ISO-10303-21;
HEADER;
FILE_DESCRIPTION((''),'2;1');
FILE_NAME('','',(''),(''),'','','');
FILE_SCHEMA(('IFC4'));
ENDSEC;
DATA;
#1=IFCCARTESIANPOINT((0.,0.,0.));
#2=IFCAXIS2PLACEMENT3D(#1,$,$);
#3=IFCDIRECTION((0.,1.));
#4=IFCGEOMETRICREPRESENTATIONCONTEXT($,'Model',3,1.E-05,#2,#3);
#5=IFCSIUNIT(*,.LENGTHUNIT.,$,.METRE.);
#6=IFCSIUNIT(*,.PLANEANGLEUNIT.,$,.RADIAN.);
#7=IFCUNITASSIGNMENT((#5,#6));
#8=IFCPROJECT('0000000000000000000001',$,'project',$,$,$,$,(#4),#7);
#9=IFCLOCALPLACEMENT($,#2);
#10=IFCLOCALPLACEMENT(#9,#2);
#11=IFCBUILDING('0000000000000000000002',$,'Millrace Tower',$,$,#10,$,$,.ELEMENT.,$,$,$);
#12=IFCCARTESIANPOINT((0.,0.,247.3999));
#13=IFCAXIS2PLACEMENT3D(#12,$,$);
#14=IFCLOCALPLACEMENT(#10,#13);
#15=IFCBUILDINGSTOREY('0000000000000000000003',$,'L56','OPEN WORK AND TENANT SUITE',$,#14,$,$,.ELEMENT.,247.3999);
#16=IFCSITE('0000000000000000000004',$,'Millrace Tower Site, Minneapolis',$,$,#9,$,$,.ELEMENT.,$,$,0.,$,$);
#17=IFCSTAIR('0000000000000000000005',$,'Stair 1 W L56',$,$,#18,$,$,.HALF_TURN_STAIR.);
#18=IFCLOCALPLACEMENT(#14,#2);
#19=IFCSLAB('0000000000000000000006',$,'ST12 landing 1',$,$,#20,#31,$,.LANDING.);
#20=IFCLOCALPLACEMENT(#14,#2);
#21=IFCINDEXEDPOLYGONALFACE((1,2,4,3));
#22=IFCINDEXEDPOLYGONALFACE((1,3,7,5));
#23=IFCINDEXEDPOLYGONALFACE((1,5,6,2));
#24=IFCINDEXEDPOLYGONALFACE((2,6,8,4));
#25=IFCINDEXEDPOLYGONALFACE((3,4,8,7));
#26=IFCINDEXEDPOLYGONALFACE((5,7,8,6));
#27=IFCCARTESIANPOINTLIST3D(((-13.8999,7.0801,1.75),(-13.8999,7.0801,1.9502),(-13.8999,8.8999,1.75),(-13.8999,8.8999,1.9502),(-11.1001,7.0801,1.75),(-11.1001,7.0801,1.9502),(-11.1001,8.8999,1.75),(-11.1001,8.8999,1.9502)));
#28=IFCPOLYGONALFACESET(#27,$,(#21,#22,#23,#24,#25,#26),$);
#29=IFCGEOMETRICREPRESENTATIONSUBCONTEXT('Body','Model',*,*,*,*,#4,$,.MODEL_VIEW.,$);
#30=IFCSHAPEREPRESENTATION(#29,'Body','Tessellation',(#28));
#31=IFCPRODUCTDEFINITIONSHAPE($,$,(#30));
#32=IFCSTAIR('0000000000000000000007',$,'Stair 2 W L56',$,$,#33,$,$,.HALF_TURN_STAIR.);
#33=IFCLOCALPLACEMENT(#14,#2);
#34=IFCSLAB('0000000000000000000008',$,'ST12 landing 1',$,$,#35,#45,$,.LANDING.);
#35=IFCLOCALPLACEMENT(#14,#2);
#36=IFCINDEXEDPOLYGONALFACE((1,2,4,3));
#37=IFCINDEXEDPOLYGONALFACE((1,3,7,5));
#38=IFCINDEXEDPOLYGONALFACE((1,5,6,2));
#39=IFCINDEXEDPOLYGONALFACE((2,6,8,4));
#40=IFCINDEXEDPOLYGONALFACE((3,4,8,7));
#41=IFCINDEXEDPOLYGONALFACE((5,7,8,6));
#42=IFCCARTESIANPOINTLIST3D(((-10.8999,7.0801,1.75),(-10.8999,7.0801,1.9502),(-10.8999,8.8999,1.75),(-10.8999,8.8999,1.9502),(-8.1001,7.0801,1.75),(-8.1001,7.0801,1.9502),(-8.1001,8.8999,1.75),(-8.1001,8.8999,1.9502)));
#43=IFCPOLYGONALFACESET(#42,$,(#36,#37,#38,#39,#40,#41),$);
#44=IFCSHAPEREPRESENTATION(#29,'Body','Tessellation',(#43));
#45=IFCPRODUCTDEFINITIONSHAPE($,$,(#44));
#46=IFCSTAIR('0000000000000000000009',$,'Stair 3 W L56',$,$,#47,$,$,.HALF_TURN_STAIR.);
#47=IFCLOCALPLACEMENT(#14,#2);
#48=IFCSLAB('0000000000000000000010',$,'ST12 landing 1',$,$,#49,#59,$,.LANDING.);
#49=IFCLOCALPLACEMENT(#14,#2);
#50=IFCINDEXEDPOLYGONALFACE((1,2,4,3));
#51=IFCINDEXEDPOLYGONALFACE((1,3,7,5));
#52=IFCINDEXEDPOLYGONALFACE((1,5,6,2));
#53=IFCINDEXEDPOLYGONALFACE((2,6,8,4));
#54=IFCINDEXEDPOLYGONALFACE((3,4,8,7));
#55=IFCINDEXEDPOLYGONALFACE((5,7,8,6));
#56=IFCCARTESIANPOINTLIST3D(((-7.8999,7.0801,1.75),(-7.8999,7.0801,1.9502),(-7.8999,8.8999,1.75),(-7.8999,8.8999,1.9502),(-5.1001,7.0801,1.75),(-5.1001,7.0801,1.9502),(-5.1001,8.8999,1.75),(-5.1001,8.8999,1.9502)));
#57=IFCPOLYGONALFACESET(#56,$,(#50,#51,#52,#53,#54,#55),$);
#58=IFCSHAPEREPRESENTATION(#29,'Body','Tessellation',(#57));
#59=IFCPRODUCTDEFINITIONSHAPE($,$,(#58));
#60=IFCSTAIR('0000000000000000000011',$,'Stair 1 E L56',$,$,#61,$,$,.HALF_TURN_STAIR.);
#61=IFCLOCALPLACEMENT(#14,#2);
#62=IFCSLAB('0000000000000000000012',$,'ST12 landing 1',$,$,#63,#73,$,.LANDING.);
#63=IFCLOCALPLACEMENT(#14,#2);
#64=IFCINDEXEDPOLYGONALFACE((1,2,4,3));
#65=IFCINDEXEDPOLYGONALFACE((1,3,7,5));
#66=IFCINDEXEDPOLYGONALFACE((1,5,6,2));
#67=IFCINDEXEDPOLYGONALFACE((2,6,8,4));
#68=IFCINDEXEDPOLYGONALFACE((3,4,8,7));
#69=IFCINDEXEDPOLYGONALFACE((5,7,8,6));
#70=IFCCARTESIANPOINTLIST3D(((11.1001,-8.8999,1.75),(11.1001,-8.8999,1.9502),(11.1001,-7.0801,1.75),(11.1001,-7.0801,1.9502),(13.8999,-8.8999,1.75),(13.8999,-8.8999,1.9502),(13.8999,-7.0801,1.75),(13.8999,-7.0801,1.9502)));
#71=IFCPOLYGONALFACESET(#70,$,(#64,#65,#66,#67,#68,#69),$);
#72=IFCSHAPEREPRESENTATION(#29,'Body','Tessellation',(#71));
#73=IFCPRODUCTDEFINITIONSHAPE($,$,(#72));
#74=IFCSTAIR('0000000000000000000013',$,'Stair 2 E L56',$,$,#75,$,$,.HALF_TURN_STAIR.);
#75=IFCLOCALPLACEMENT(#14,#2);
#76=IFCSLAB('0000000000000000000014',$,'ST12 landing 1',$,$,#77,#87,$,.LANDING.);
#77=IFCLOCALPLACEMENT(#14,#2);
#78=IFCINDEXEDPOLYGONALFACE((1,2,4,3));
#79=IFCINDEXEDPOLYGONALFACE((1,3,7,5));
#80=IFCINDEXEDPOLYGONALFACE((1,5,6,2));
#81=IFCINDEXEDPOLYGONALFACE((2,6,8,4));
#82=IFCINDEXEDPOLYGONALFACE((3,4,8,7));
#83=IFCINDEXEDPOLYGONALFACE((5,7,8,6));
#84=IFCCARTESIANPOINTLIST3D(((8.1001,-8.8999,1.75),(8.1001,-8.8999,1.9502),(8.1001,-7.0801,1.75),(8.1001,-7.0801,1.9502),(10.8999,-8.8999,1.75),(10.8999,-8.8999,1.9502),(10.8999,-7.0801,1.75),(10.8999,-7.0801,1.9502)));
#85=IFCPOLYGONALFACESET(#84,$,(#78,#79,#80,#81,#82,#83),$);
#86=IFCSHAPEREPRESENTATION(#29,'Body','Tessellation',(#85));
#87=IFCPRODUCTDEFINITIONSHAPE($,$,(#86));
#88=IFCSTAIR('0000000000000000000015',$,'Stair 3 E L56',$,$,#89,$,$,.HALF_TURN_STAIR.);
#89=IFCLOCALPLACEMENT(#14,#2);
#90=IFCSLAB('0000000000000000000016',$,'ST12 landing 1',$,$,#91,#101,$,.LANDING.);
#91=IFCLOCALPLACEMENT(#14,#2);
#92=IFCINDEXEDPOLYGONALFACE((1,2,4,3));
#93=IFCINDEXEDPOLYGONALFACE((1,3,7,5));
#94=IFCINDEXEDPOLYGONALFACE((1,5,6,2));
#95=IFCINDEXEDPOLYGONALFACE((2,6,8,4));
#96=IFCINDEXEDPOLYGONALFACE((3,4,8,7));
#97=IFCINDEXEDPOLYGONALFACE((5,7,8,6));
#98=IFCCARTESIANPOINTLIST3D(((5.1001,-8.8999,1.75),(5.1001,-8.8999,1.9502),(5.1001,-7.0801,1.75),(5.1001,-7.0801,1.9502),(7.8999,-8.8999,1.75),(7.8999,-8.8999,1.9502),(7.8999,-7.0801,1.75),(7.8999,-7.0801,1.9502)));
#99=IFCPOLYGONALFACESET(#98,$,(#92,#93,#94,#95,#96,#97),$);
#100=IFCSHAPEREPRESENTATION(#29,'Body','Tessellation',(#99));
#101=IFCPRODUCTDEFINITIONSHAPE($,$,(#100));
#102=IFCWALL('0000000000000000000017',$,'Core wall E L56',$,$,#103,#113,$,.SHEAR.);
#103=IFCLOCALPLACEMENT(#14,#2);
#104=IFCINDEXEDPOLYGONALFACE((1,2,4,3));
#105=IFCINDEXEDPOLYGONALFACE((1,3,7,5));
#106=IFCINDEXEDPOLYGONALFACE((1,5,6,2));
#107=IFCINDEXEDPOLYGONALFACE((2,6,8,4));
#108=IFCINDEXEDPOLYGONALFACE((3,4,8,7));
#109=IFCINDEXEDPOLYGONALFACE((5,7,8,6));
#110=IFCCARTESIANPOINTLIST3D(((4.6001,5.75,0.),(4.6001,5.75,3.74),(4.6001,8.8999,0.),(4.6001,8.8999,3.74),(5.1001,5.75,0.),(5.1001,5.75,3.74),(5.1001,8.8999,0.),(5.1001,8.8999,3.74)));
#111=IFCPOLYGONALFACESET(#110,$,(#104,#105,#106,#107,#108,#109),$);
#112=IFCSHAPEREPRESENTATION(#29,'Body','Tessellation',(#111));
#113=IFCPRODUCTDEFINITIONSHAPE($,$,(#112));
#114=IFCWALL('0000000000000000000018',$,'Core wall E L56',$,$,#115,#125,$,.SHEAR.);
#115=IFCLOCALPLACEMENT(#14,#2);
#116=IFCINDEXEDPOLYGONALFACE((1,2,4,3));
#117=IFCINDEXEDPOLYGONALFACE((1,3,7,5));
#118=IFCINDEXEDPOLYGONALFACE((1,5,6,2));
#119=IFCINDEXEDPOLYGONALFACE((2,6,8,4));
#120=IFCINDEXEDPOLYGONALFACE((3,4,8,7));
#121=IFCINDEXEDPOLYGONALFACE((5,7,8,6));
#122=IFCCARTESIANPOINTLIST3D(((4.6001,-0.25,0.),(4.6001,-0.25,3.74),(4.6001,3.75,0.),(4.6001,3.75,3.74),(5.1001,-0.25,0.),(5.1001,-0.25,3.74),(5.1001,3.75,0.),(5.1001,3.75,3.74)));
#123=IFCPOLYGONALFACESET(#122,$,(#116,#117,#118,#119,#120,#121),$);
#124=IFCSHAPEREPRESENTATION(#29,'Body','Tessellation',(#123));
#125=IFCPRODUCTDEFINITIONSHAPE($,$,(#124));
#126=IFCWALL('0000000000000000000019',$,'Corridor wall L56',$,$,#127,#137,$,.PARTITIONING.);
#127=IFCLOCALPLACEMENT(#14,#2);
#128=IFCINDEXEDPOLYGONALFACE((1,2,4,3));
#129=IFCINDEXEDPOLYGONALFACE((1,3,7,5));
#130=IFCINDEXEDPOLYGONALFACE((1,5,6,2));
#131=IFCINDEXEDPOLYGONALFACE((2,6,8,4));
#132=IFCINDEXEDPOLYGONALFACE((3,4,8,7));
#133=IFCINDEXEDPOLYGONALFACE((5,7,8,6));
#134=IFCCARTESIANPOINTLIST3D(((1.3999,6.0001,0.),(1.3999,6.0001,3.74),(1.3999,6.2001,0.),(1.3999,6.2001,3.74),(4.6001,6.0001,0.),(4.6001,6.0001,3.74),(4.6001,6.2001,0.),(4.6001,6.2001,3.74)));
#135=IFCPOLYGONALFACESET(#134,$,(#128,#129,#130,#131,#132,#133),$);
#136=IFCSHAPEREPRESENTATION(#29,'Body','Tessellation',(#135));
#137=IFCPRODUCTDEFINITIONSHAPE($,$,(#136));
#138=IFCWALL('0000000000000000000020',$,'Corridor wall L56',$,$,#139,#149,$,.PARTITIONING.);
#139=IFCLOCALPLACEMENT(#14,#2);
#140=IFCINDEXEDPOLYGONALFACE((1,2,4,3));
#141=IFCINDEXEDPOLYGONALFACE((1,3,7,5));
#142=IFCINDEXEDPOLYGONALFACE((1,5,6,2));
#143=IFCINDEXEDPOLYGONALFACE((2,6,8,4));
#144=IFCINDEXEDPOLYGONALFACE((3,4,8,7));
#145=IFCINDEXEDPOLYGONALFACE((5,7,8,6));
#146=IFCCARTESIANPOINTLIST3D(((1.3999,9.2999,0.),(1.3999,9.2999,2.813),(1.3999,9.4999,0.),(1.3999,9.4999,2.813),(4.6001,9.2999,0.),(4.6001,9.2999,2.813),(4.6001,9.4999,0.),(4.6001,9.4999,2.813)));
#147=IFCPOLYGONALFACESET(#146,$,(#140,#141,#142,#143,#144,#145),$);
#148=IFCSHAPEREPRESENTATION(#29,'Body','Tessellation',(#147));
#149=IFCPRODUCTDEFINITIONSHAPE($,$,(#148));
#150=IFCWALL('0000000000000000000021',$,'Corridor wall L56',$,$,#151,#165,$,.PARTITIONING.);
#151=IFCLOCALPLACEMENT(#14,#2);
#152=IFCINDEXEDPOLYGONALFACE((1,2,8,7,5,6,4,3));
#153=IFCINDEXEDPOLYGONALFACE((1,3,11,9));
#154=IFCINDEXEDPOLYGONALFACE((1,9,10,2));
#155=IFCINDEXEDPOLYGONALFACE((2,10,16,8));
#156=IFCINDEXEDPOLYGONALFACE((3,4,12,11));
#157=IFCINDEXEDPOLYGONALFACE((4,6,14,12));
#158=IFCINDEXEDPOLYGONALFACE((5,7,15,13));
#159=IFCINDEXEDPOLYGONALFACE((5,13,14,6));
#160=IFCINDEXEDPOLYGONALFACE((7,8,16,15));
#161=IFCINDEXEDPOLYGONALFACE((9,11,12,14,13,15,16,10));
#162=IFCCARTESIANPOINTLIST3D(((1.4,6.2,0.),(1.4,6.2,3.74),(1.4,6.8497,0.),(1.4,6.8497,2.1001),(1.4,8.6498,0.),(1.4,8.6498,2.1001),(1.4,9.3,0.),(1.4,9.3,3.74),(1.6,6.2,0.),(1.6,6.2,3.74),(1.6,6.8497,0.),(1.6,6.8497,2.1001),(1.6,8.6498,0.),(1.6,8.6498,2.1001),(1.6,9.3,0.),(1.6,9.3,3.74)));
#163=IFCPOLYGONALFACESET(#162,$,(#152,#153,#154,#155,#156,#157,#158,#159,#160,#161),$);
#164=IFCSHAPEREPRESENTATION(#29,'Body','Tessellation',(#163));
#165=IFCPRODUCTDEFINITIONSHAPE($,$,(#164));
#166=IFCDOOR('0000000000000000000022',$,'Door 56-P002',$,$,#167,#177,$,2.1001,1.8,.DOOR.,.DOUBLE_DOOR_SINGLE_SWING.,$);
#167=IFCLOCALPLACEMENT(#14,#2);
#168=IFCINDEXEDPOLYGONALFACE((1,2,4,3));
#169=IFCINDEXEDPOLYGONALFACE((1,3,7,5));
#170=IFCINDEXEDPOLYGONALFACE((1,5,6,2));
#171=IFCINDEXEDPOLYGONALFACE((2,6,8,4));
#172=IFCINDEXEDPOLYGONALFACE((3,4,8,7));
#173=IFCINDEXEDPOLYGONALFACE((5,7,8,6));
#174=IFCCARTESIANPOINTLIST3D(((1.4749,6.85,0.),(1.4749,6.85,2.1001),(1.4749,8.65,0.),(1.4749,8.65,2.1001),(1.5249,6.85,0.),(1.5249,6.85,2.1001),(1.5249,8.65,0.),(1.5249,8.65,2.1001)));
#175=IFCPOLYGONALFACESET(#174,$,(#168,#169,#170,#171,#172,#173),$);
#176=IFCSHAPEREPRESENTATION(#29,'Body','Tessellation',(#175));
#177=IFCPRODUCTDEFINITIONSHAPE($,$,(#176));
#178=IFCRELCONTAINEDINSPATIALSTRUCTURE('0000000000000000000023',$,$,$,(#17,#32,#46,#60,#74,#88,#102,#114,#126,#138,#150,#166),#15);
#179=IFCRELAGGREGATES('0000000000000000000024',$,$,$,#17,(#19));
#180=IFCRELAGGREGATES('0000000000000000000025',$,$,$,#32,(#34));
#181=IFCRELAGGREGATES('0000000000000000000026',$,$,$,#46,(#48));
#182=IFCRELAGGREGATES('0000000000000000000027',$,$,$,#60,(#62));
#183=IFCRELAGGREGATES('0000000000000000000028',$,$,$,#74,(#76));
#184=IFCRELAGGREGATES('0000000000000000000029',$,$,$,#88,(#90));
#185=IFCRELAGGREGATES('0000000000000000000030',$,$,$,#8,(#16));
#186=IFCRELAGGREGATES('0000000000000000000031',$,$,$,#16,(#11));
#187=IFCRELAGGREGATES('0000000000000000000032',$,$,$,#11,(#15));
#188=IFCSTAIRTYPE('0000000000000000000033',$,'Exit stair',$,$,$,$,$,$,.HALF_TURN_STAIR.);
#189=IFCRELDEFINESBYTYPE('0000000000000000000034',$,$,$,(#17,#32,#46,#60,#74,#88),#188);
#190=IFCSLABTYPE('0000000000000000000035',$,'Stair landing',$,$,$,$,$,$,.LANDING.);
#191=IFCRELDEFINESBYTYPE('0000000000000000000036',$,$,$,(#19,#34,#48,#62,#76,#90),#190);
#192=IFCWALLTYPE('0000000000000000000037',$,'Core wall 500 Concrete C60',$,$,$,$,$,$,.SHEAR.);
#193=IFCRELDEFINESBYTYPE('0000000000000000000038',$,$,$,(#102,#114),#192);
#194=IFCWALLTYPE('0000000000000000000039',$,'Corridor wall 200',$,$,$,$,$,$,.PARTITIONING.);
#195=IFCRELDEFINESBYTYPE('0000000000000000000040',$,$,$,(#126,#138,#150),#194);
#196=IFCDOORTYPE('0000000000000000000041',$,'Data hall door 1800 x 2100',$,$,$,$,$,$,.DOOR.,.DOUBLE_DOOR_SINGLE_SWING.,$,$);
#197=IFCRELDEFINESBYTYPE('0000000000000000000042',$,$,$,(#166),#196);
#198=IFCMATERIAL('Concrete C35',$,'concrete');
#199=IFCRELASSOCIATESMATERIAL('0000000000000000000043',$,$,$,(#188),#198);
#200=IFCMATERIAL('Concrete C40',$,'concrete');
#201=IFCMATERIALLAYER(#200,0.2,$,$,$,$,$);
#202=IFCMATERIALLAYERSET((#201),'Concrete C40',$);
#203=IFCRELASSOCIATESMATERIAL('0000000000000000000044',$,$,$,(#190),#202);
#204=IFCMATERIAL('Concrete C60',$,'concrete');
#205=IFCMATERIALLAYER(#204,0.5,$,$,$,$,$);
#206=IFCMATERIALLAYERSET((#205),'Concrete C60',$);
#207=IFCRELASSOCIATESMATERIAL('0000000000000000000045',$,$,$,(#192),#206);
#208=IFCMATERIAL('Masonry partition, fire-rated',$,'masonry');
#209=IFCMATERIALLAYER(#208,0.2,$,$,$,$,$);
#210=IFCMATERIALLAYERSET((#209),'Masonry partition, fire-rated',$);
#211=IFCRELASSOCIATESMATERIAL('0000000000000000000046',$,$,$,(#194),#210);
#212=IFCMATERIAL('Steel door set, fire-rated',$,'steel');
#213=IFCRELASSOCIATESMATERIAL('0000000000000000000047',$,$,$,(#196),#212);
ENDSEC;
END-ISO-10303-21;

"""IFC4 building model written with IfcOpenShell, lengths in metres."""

from ifc_helpers import new_model, si_unit, direction, frame, frame_2d, origin, place, context, subcontext, project, spatial, polyline, rectangle, outline, extrude, material, layer, layer_set, type_object, element, fill, aggregate, save


model = new_model("IFC4")

# Units and contexts
model_context = context("Model", 3, precision=1e-05, world=origin(), true_north=direction((0.0, 1.0)))
body_context = subcontext(model_context, "Body", "Model", "MODEL_VIEW")
ifc_project = project(units=[si_unit("LENGTHUNIT", "METRE"), si_unit("PLANEANGLEUNIT", "RADIAN")], contexts=[model_context])

# Site, building, storey
site_placement = place(None, origin())
site = spatial("IfcSite", under=ifc_project, at=site_placement, Name="Millrace Tower Site, Minneapolis", CompositionType="ELEMENT", RefElevation=0.0)
building_placement = place(site_placement, origin())
building = spatial("IfcBuilding", under=site, at=building_placement, Name="Millrace Tower", CompositionType="ELEMENT")
storey_placement = place(building_placement, frame((0.0, 0.0, 247.3999)))
storey = spatial("IfcBuildingStorey", under=building, at=storey_placement, Name="L56", Description="OPEN WORK AND TENANT SUITE", CompositionType="ELEMENT", Elevation=247.3999)

# Shared definitions
placement_1 = place(storey_placement, origin())

# Stairs, slabs
ifc_material_1 = material(Name="Concrete C35", Category="concrete")
stair_type = type_object("IfcStairType", Name="Exit stair", PredefinedType="HALF_TURN_STAIR", material=ifc_material_1)
stair_1 = element("IfcStair", 1, at=placement_1, inside=storey, type_object=stair_type, Name="Stair 1 W L56", PredefinedType="HALF_TURN_STAIR")
ifc_material_2 = material(Name="Concrete C40", Category="concrete")
ifc_layer_1 = layer(ifc_material_2, 0.2)
ifc_layer_set_1 = layer_set([ifc_layer_1], Name="Concrete C40")
slab_type = type_object("IfcSlabType", Name="Stair landing", PredefinedType="LANDING", material=ifc_layer_set_1)
placement_2 = place(storey_placement, frame((0.0, 0.0, 1.75)))
slab_1 = element("IfcSlab", 2, at=placement_2, type_object=slab_type, Name="ST12 landing 1", PredefinedType="LANDING", context=body_context, shape_type="SweptSolid", body=[
    extrude(outline(polyline([(-13.8999, 7.0801), (-11.1001, 7.0801), (-11.1001, 8.8999), (-13.8999, 8.8999), (-13.8999, 7.0801)])), origin(), (0.0, 0.0, 1.0), 0.2002),
])
aggregate(stair_1, [slab_1])
stair_2 = element("IfcStair", 3, at=placement_1, inside=storey, type_object=stair_type, Name="Stair 2 W L56", PredefinedType="HALF_TURN_STAIR")
slab_2 = element("IfcSlab", 4, at=placement_2, type_object=slab_type, Name="ST12 landing 1", PredefinedType="LANDING", context=body_context, shape_type="SweptSolid", body=[
    extrude(outline(polyline([(-10.8999, 7.0801), (-8.1001, 7.0801), (-8.1001, 8.8999), (-10.8999, 8.8999), (-10.8999, 7.0801)])), origin(), (0.0, 0.0, 1.0), 0.2002),
])
aggregate(stair_2, [slab_2])
stair_3 = element("IfcStair", 5, at=placement_1, inside=storey, type_object=stair_type, Name="Stair 3 W L56", PredefinedType="HALF_TURN_STAIR")
slab_3 = element("IfcSlab", 6, at=placement_2, type_object=slab_type, Name="ST12 landing 1", PredefinedType="LANDING", context=body_context, shape_type="SweptSolid", body=[
    extrude(outline(polyline([(-7.8999, 7.0801), (-5.1001, 7.0801), (-5.1001, 8.8999), (-7.8999, 8.8999), (-7.8999, 7.0801)])), origin(), (0.0, 0.0, 1.0), 0.2002),
])
aggregate(stair_3, [slab_3])
stair_4 = element("IfcStair", 7, at=placement_1, inside=storey, type_object=stair_type, Name="Stair 1 E L56", PredefinedType="HALF_TURN_STAIR")
slab_4 = element("IfcSlab", 8, at=placement_2, type_object=slab_type, Name="ST12 landing 1", PredefinedType="LANDING", context=body_context, shape_type="SweptSolid", body=[
    extrude(outline(polyline([(11.1001, -8.8999), (13.8999, -8.8999), (13.8999, -7.0801), (11.1001, -7.0801), (11.1001, -8.8999)])), origin(), (0.0, 0.0, 1.0), 0.2002),
])
aggregate(stair_4, [slab_4])
stair_5 = element("IfcStair", 9, at=placement_1, inside=storey, type_object=stair_type, Name="Stair 2 E L56", PredefinedType="HALF_TURN_STAIR")
slab_5 = element("IfcSlab", 10, at=placement_2, type_object=slab_type, Name="ST12 landing 1", PredefinedType="LANDING", context=body_context, shape_type="SweptSolid", body=[
    extrude(outline(polyline([(8.1001, -8.8999), (10.8999, -8.8999), (10.8999, -7.0801), (8.1001, -7.0801), (8.1001, -8.8999)])), origin(), (0.0, 0.0, 1.0), 0.2002),
])
aggregate(stair_5, [slab_5])
stair_6 = element("IfcStair", 11, at=placement_1, inside=storey, type_object=stair_type, Name="Stair 3 E L56", PredefinedType="HALF_TURN_STAIR")
slab_6 = element("IfcSlab", 12, at=placement_2, type_object=slab_type, Name="ST12 landing 1", PredefinedType="LANDING", context=body_context, shape_type="SweptSolid", body=[
    extrude(outline(polyline([(5.1001, -8.8999), (7.8999, -8.8999), (7.8999, -7.0801), (5.1001, -7.0801), (5.1001, -8.8999)])), origin(), (0.0, 0.0, 1.0), 0.2002),
])
aggregate(stair_6, [slab_6])

# Walls
ifc_material_3 = material(Name="Concrete C60", Category="concrete")
ifc_layer_2 = layer(ifc_material_3, 0.5)
ifc_layer_set_2 = layer_set([ifc_layer_2], Name="Concrete C60")
wall_type_1 = type_object("IfcWallType", Name="Core wall 500 Concrete C60", PredefinedType="SHEAR", material=ifc_layer_set_2)
wall_1_placement = place(storey_placement, frame((4.8501, 8.8999, 0.0), z_axis=(0.0, 0.0, 1.0), x_axis=(0.0, -1.0, 0.0)))
element("IfcWall", 13, at=wall_1_placement, inside=storey, type_object=wall_type_1, Name="Core wall E L56", PredefinedType="SHEAR", context=body_context, shape_type="SweptSolid", body=[
    extrude(rectangle(XDim=3.1499, YDim=0.5, at=frame_2d((1.575, 0.0))), origin(), (0.0, 0.0, 1.0), 3.74),
])
wall_2_placement = place(storey_placement, frame((4.8501, 3.75, 0.0), z_axis=(0.0, 0.0, 1.0), x_axis=(0.0, -1.0, 0.0)))
element("IfcWall", 14, at=wall_2_placement, inside=storey, type_object=wall_type_1, Name="Core wall E L56", PredefinedType="SHEAR", context=body_context, shape_type="SweptSolid", body=[
    extrude(rectangle(XDim=4.0, YDim=0.5, at=frame_2d((2.0, 0.0))), origin(), (0.0, 0.0, 1.0), 3.74),
])
ifc_material_4 = material(Name="Masonry partition, fire-rated", Category="masonry")
ifc_layer_3 = layer(ifc_material_4, 0.2)
ifc_layer_set_3 = layer_set([ifc_layer_3], Name="Masonry partition, fire-rated")
wall_type_2 = type_object("IfcWallType", Name="Corridor wall 200", PredefinedType="PARTITIONING", material=ifc_layer_set_3)
wall_3_placement = place(storey_placement, frame((1.3999, 6.1001, 0.0), z_axis=(0.0, 0.0, 1.0), x_axis=(1.0, 0.0, 0.0)))
element("IfcWall", 15, at=wall_3_placement, inside=storey, type_object=wall_type_2, Name="Corridor wall L56", PredefinedType="PARTITIONING", context=body_context, shape_type="SweptSolid", body=[
    extrude(rectangle(XDim=3.2002, YDim=0.2, at=frame_2d((1.6001, 0.0))), origin(), (0.0, 0.0, 1.0), 3.74),
])
wall_4_placement = place(storey_placement, frame((1.3999, 9.3999, 0.0), z_axis=(0.0, 0.0, 1.0), x_axis=(1.0, 0.0, 0.0)))
element("IfcWall", 16, at=wall_4_placement, inside=storey, type_object=wall_type_2, Name="Corridor wall L56", PredefinedType="PARTITIONING", context=body_context, shape_type="SweptSolid", body=[
    extrude(rectangle(XDim=3.2002, YDim=0.2, at=frame_2d((1.6001, 0.0))), origin(), (0.0, 0.0, 1.0), 2.813),
])

# Wall, opening, door
wall_5_placement = place(storey_placement, frame((1.5, 6.2, 0.0), z_axis=(0.0, 0.0, 1.0), x_axis=(0.0, 1.0, 0.0)))
wall_5 = element("IfcWall", 17, at=wall_5_placement, inside=storey, type_object=wall_type_2, Name="Corridor wall L56", PredefinedType="PARTITIONING", context=body_context, shape_type="SweptSolid", body=[
    extrude(rectangle(XDim=3.1001, YDim=0.2, at=frame_2d((1.55, 0.0))), origin(), (0.0, 0.0, 1.0), 3.74),
])
opening_1_placement = place(wall_5_placement, frame((0.6499, 0.0, 0.0)))
opening_1 = element("IfcOpeningElement", 18, at=opening_1_placement, cuts=wall_5, PredefinedType="OPENING", context=body_context, shape_type="SweptSolid", body=[
    extrude(rectangle(XDim=1.8, YDim=2.1001, at=frame_2d((0.8999, 1.05))), frame((0.0, 0.1099, 0.0), z_axis=(0.0, -1.0, 0.0), x_axis=(1.0, 0.0, 0.0)), (0.0, 0.0, 1.0), 0.22),
])
ifc_material_5 = material(Name="Steel door set, fire-rated", Category="steel")
door_type_1 = type_object("IfcDoorType", Name="Data hall door 1800 x 2100", OperationType="DOUBLE_DOOR_SINGLE_SWING", PredefinedType="DOOR", material=ifc_material_5)
door_1_placement = place(opening_1_placement, frame((1.8, 0.0, 0.0), z_axis=(0.0, 0.0, 1.0), x_axis=(-1.0, 0.0, 0.0)))
door_1 = element("IfcDoor", 19, at=door_1_placement, inside=storey, type_object=door_type_1, Name="Door 56-P002", OperationType="DOUBLE_DOOR_SINGLE_SWING", OverallHeight=2.1001, OverallWidth=1.8, PredefinedType="DOOR", context=body_context, shape_type="SweptSolid", body=[
    extrude(rectangle(XDim=1.8, YDim=2.1001, at=frame_2d((0.8999, 1.05))), frame((0.0, 0.0249, 0.0), z_axis=(0.0, -1.0, 0.0), x_axis=(1.0, 0.0, 0.0)), (0.0, 0.0, 1.0), 0.05),
])
fill(opening_1, door_1)

save(model, "model.ifc")
